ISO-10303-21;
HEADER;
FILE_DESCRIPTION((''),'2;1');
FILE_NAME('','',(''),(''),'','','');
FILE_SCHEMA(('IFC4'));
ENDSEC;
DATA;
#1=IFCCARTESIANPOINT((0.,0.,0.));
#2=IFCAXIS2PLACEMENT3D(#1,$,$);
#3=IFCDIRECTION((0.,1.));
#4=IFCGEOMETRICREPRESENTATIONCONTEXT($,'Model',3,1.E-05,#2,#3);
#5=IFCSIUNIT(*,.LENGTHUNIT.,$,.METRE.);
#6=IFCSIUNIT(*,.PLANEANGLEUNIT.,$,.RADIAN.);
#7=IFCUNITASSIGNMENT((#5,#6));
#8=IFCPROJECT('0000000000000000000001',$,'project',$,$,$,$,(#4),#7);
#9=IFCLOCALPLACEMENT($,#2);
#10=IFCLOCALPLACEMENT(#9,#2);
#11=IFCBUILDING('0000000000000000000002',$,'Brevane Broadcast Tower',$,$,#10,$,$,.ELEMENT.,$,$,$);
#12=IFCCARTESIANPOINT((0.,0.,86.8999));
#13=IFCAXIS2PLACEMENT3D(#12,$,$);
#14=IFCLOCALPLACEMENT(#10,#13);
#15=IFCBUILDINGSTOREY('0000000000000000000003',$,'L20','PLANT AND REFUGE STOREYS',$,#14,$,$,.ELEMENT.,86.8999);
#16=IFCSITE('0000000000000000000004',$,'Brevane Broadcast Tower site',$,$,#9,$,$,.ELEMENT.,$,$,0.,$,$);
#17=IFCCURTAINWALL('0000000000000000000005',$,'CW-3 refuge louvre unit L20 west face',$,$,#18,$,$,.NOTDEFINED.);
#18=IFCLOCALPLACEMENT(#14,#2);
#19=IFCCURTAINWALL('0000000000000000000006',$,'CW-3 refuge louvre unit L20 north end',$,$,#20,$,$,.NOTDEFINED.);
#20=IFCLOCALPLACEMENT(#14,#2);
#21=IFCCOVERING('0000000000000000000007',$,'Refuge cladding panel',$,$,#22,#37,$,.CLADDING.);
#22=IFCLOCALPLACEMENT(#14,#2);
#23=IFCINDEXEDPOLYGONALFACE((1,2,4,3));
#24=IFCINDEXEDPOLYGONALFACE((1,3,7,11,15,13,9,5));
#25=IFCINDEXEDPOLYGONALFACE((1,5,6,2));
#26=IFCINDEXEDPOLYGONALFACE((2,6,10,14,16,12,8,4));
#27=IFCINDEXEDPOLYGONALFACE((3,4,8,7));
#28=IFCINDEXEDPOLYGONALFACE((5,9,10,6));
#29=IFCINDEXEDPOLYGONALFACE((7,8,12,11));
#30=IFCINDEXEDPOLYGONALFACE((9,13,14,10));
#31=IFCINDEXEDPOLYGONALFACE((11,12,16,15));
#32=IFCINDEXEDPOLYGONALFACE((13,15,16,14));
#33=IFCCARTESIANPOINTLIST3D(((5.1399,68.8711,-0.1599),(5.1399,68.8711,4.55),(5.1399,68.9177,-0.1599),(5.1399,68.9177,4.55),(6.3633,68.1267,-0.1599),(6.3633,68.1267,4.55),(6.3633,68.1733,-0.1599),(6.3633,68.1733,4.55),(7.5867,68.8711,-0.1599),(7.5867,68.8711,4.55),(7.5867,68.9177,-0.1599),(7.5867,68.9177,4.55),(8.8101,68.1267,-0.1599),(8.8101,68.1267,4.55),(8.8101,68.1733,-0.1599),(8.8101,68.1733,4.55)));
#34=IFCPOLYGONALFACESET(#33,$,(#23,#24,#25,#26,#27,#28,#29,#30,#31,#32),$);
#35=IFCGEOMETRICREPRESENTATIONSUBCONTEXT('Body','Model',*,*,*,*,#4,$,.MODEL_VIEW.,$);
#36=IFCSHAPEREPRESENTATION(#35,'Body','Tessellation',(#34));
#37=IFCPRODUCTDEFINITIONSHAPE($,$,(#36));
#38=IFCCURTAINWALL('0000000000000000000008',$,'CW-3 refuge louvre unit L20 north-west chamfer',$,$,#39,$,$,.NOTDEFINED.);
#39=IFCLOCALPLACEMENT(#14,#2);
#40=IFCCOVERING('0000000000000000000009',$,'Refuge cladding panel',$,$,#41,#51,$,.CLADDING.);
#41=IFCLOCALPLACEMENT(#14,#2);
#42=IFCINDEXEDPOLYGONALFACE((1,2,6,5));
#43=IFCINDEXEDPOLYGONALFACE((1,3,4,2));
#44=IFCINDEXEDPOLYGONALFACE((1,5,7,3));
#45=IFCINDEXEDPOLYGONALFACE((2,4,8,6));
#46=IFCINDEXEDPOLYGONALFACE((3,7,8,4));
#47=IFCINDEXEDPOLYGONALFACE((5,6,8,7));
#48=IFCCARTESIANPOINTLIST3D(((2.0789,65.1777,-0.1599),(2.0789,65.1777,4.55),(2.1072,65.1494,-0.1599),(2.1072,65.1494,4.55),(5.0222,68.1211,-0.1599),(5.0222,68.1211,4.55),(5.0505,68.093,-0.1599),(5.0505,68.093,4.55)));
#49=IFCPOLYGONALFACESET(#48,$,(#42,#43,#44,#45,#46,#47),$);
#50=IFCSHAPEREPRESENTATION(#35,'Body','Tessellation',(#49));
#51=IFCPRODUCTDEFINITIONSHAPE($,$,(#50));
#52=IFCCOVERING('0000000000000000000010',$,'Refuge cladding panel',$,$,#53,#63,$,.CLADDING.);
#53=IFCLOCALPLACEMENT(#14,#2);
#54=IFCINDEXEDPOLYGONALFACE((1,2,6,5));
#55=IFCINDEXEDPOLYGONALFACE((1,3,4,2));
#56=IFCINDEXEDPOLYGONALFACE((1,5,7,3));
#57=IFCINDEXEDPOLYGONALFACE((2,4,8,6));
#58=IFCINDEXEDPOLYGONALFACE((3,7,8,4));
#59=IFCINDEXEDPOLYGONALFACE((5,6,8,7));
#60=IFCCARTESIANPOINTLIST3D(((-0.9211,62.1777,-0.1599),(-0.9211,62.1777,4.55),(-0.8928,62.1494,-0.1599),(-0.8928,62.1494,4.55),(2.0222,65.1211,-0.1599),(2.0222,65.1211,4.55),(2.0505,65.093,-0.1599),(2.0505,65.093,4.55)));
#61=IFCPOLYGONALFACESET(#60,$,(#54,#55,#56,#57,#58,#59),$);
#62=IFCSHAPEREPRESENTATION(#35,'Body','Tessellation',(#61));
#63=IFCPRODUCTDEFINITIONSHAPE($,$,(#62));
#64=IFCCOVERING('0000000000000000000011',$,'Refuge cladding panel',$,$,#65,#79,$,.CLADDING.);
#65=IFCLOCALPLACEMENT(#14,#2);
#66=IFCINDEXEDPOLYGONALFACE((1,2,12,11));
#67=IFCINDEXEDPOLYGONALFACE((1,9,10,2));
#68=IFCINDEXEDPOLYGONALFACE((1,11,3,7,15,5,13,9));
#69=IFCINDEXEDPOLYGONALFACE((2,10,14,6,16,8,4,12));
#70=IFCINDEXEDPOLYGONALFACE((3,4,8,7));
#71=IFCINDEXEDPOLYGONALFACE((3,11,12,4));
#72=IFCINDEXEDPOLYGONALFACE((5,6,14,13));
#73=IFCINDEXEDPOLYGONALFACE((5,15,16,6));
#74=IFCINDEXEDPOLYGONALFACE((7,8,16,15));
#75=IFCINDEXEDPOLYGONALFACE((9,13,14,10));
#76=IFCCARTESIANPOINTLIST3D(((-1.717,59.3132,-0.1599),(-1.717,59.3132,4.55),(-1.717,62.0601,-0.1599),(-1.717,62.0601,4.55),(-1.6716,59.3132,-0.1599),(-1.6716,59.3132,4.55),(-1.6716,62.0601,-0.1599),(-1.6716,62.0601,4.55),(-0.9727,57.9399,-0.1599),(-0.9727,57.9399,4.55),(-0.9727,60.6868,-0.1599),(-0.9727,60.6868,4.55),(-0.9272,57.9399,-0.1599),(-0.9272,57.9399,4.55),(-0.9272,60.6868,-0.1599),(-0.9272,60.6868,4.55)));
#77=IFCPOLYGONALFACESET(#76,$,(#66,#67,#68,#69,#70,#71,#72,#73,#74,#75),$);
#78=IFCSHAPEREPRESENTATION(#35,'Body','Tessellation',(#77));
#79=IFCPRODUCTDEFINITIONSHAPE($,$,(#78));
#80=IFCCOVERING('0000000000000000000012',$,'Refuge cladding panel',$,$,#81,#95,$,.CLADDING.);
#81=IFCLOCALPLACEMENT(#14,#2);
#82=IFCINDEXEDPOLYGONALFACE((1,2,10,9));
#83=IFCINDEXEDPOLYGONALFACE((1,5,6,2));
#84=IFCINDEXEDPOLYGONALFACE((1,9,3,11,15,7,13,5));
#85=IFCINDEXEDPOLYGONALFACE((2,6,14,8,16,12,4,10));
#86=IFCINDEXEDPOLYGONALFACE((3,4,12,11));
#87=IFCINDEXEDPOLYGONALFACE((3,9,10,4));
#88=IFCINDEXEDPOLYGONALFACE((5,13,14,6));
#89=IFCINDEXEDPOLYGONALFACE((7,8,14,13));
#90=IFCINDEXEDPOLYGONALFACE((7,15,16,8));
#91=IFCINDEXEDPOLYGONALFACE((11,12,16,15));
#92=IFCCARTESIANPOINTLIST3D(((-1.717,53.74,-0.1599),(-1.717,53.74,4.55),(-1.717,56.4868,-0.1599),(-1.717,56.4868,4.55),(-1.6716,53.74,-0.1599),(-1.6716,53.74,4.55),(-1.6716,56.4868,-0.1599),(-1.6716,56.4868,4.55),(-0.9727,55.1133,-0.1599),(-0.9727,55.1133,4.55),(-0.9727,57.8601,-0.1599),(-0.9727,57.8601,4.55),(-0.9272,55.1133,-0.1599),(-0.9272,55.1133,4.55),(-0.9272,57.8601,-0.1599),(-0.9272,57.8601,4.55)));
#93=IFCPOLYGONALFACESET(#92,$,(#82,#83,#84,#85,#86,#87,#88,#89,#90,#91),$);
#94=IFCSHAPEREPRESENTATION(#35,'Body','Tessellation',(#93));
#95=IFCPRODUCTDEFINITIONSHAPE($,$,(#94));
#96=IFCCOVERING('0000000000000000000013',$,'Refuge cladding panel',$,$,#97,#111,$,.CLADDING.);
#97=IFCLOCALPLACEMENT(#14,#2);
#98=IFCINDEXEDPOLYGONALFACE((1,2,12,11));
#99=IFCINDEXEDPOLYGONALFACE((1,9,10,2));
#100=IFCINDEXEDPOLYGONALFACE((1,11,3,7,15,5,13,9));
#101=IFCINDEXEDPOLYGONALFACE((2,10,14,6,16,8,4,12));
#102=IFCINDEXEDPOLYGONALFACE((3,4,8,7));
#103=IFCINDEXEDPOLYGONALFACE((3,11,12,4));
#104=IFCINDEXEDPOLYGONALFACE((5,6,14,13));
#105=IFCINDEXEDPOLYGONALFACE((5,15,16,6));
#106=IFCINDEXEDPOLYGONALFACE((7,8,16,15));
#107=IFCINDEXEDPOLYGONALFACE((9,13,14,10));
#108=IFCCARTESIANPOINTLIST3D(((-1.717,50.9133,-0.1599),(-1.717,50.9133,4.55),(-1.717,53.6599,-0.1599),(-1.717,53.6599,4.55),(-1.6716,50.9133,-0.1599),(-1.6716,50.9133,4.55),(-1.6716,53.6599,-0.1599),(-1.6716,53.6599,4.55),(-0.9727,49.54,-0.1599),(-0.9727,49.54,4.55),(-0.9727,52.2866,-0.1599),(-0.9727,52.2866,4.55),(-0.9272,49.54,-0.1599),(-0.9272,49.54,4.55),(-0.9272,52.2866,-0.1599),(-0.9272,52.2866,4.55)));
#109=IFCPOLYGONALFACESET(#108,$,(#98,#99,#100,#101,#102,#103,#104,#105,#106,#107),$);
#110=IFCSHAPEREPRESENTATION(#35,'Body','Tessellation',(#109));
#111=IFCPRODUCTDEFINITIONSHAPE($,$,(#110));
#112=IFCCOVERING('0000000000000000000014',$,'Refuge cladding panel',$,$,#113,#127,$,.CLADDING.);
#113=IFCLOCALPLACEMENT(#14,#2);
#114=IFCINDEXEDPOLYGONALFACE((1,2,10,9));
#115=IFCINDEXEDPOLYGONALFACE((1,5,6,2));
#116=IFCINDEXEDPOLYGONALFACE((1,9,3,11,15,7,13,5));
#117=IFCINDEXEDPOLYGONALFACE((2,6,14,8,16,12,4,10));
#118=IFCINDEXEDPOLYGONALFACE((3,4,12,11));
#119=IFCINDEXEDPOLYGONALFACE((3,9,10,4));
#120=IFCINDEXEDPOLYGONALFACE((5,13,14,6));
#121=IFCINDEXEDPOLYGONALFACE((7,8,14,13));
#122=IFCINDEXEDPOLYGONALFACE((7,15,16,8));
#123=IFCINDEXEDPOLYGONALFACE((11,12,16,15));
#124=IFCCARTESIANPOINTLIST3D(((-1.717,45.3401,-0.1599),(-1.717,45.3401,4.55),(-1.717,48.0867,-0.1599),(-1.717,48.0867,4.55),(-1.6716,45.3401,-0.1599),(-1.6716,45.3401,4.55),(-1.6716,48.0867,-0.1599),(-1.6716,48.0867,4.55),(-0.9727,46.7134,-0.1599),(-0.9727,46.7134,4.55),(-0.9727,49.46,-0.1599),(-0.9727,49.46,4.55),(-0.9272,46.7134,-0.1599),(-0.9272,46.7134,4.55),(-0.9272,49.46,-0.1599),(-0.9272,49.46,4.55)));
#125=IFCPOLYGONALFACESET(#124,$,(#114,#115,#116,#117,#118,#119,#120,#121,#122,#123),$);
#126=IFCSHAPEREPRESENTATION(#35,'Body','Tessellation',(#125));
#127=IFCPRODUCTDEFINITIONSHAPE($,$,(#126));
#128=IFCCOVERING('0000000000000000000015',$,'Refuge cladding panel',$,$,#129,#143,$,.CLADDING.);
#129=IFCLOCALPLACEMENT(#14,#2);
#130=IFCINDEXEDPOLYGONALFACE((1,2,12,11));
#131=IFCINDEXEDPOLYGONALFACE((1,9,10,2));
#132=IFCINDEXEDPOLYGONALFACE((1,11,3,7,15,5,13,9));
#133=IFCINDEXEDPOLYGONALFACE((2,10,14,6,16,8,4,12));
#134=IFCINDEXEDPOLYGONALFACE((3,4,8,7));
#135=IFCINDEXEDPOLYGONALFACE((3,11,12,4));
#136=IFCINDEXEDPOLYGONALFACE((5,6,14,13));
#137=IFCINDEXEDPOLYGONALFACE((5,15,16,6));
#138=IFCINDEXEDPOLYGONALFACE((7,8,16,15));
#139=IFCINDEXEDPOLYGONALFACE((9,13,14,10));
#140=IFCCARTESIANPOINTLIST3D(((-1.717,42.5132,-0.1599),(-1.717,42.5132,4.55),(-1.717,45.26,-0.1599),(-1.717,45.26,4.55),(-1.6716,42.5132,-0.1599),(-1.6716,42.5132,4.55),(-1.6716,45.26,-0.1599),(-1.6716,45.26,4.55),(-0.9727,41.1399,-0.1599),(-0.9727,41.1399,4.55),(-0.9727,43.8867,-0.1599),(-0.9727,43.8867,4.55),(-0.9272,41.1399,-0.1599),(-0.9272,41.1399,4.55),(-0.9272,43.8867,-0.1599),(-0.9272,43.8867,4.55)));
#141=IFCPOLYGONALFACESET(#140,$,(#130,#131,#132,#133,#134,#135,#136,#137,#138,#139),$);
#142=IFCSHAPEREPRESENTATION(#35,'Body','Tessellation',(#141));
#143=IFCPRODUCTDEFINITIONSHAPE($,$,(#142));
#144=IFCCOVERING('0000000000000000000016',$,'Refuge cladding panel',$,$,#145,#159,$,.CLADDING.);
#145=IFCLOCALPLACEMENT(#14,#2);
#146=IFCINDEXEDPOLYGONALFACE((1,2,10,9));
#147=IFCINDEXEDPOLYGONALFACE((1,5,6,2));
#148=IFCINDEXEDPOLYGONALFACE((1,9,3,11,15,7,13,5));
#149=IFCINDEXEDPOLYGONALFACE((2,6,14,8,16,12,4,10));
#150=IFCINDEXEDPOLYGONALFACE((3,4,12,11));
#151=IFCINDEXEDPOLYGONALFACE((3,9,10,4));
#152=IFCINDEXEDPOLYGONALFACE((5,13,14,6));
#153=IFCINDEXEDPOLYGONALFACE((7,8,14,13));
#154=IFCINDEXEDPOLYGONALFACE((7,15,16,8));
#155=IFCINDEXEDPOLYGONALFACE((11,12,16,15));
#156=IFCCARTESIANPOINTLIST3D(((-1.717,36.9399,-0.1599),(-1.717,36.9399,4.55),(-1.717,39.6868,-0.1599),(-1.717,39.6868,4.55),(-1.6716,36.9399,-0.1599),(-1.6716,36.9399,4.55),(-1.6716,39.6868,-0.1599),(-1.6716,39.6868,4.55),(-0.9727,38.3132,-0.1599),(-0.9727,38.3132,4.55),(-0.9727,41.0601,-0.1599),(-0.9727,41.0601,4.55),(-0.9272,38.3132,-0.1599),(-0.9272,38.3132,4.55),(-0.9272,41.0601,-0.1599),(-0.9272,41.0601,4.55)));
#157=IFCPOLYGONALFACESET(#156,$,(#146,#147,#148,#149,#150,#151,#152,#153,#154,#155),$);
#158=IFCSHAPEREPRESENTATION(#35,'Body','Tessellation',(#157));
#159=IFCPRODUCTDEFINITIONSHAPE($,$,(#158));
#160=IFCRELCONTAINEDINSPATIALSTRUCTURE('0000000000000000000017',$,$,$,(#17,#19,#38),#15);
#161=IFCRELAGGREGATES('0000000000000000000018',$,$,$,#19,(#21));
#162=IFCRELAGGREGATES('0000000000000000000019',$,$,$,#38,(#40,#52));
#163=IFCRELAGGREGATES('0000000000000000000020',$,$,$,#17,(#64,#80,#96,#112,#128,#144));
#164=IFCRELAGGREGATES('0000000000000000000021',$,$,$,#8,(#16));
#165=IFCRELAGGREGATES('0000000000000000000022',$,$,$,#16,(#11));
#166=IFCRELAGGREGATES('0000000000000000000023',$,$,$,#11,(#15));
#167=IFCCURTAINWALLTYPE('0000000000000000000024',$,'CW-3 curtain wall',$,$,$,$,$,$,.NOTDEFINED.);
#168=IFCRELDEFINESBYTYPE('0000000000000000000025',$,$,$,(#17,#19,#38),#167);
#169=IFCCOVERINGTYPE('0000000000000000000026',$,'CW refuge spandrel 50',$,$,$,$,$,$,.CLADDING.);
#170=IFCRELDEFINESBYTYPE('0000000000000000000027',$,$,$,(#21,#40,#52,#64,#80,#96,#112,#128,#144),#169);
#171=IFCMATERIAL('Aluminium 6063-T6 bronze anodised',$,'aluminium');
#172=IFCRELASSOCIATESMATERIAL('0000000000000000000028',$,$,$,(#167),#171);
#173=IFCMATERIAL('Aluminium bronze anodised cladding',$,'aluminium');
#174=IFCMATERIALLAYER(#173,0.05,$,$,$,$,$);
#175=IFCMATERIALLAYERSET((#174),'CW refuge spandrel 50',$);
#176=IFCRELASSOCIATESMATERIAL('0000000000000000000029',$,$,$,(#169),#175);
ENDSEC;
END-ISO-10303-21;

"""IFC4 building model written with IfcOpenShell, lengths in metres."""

from ifc_helpers import new_model, si_unit, direction, frame, origin, place, context, subcontext, project, spatial, polyline, outline, extrude, material, layer, layer_set, type_object, element, aggregate, save


model = new_model("IFC4")

# Units and contexts
model_context = context("Model", 3, precision=1e-05, world=origin(), true_north=direction((0.0, 1.0)))
body_context = subcontext(model_context, "Body", "Model", "MODEL_VIEW")
ifc_project = project(units=[si_unit("LENGTHUNIT", "METRE"), si_unit("PLANEANGLEUNIT", "RADIAN")], contexts=[model_context])

# Site, building, storey
site_placement = place(None, origin())
site = spatial("IfcSite", under=ifc_project, at=site_placement, Name="Brevane Broadcast Tower site", CompositionType="ELEMENT", RefElevation=0.0)
building_placement = place(site_placement, origin())
building = spatial("IfcBuilding", under=site, at=building_placement, Name="Brevane Broadcast Tower", CompositionType="ELEMENT")
storey_placement = place(building_placement, frame((0.0, 0.0, 86.8999)))
storey = spatial("IfcBuildingStorey", under=building, at=storey_placement, Name="L20", Description="PLANT AND REFUGE STOREYS", CompositionType="ELEMENT", Elevation=86.8999)

# Curtain wall
ifc_material_1 = material(Name="Aluminium 6063-T6 bronze anodised", Category="aluminium")
curtain_wall_type = type_object("IfcCurtainWallType", Name="CW-3 curtain wall", PredefinedType="NOTDEFINED", material=ifc_material_1)
curtain_wall_1_placement = place(storey_placement, origin())
curtain_wall_1 = element("IfcCurtainWall", 1, at=curtain_wall_1_placement, inside=storey, type_object=curtain_wall_type, Name="CW-3 refuge louvre unit L20 west face", PredefinedType="NOTDEFINED")

# Shared definitions
ifc_material_2 = material(Name="Aluminium bronze anodised cladding", Category="aluminium")
ifc_layer = layer(ifc_material_2, 0.05)
ifc_layer_set = layer_set([ifc_layer], Name="CW refuge spandrel 50")
covering_type = type_object("IfcCoveringType", Name="CW refuge spandrel 50", PredefinedType="CLADDING", material=ifc_layer_set)

# Curtain walls, coverings
curtain_wall_2_placement = place(storey_placement, origin())
curtain_wall_2 = element("IfcCurtainWall", 2, at=curtain_wall_2_placement, inside=storey, type_object=curtain_wall_type, Name="CW-3 refuge louvre unit L20 north end", PredefinedType="NOTDEFINED")
covering_1_placement = place(storey_placement, frame((0.0, 0.0, -0.1599)))
covering_1 = element("IfcCovering", 3, at=covering_1_placement, type_object=covering_type, Name="Refuge cladding panel", PredefinedType="CLADDING", context=body_context, shape_type="SweptSolid", body=[
    extrude(outline(polyline([(8.8101, 68.1267), (8.8101, 68.1733), (7.5867, 68.9177), (6.3633, 68.1733), (5.1399, 68.9177), (5.1399, 68.8711), (6.3633, 68.1267), (7.5867, 68.8711), (8.8101, 68.1267)])), origin(), (0.0, 0.0, 1.0), 4.71),
])
aggregate(curtain_wall_2, [covering_1])
curtain_wall_3_placement = place(storey_placement, origin())
curtain_wall_3 = element("IfcCurtainWall", 4, at=curtain_wall_3_placement, inside=storey, type_object=curtain_wall_type, Name="CW-3 refuge louvre unit L20 north-west chamfer", PredefinedType="NOTDEFINED")
covering_2_placement = place(storey_placement, frame((0.0, 0.0, -0.1599)))
covering_2 = element("IfcCovering", 5, at=covering_2_placement, type_object=covering_type, Name="Refuge cladding panel", PredefinedType="CLADDING", context=body_context, shape_type="SweptSolid", body=[
    extrude(outline(polyline([(5.0505, 68.093), (2.1072, 65.1494), (2.0789, 65.1777), (5.0222, 68.1211), (5.0505, 68.093)])), origin(), (0.0, 0.0, 1.0), 4.71),
])
covering_3_placement = place(storey_placement, frame((0.0, 0.0, -0.1599)))
covering_3 = element("IfcCovering", 6, at=covering_3_placement, type_object=covering_type, Name="Refuge cladding panel", PredefinedType="CLADDING", context=body_context, shape_type="SweptSolid", body=[
    extrude(outline(polyline([(2.0505, 65.093), (-0.8928, 62.1494), (-0.9211, 62.1777), (2.0222, 65.1211), (2.0505, 65.093)])), origin(), (0.0, 0.0, 1.0), 4.71),
])
aggregate(curtain_wall_3, [covering_2, covering_3])

# Coverings
covering_4_placement = place(storey_placement, frame((0.0, 0.0, -0.1599)))
covering_4 = element("IfcCovering", 7, at=covering_4_placement, type_object=covering_type, Name="Refuge cladding panel", PredefinedType="CLADDING", context=body_context, shape_type="SweptSolid", body=[
    extrude(outline(polyline([(-1.6716, 62.0601), (-1.717, 62.0601), (-0.9727, 60.6868), (-1.717, 59.3132), (-0.9727, 57.9399), (-0.9272, 57.9399), (-1.6716, 59.3132), (-0.9272, 60.6868), (-1.6716, 62.0601)])), origin(), (0.0, 0.0, 1.0), 4.71),
])
covering_5_placement = place(storey_placement, frame((0.0, 0.0, -0.1599)))
covering_5 = element("IfcCovering", 8, at=covering_5_placement, type_object=covering_type, Name="Refuge cladding panel", PredefinedType="CLADDING", context=body_context, shape_type="SweptSolid", body=[
    extrude(outline(polyline([(-0.9272, 57.8601), (-0.9727, 57.8601), (-1.717, 56.4868), (-0.9727, 55.1133), (-1.717, 53.74), (-1.6716, 53.74), (-0.9272, 55.1133), (-1.6716, 56.4868), (-0.9272, 57.8601)])), origin(), (0.0, 0.0, 1.0), 4.71),
])
covering_6_placement = place(storey_placement, frame((0.0, 0.0, -0.1599)))
covering_6 = element("IfcCovering", 9, at=covering_6_placement, type_object=covering_type, Name="Refuge cladding panel", PredefinedType="CLADDING", context=body_context, shape_type="SweptSolid", body=[
    extrude(outline(polyline([(-1.6716, 53.6599), (-1.717, 53.6599), (-0.9727, 52.2866), (-1.717, 50.9133), (-0.9727, 49.54), (-0.9272, 49.54), (-1.6716, 50.9133), (-0.9272, 52.2866), (-1.6716, 53.6599)])), origin(), (0.0, 0.0, 1.0), 4.71),
])
covering_7_placement = place(storey_placement, frame((0.0, 0.0, -0.1599)))
covering_7 = element("IfcCovering", 10, at=covering_7_placement, type_object=covering_type, Name="Refuge cladding panel", PredefinedType="CLADDING", context=body_context, shape_type="SweptSolid", body=[
    extrude(outline(polyline([(-0.9272, 49.46), (-0.9727, 49.46), (-1.717, 48.0867), (-0.9727, 46.7134), (-1.717, 45.3401), (-1.6716, 45.3401), (-0.9272, 46.7134), (-1.6716, 48.0867), (-0.9272, 49.46)])), origin(), (0.0, 0.0, 1.0), 4.71),
])
covering_8_placement = place(storey_placement, frame((0.0, 0.0, -0.1599)))
covering_8 = element("IfcCovering", 11, at=covering_8_placement, type_object=covering_type, Name="Refuge cladding panel", PredefinedType="CLADDING", context=body_context, shape_type="SweptSolid", body=[
    extrude(outline(polyline([(-1.6716, 45.26), (-1.717, 45.26), (-0.9727, 43.8867), (-1.717, 42.5132), (-0.9727, 41.1399), (-0.9272, 41.1399), (-1.6716, 42.5132), (-0.9272, 43.8867), (-1.6716, 45.26)])), origin(), (0.0, 0.0, 1.0), 4.71),
])
covering_9_placement = place(storey_placement, frame((0.0, 0.0, -0.1599)))
covering_9 = element("IfcCovering", 12, at=covering_9_placement, type_object=covering_type, Name="Refuge cladding panel", PredefinedType="CLADDING", context=body_context, shape_type="SweptSolid", body=[
    extrude(outline(polyline([(-0.9272, 41.0601), (-0.9727, 41.0601), (-1.717, 39.6868), (-0.9727, 38.3132), (-1.717, 36.9399), (-1.6716, 36.9399), (-0.9272, 38.3132), (-1.6716, 39.6868), (-0.9272, 41.0601)])), origin(), (0.0, 0.0, 1.0), 4.71),
])
aggregate(curtain_wall_1, [covering_4, covering_5, covering_6, covering_7, covering_8, covering_9])

save(model, "model.ifc")
